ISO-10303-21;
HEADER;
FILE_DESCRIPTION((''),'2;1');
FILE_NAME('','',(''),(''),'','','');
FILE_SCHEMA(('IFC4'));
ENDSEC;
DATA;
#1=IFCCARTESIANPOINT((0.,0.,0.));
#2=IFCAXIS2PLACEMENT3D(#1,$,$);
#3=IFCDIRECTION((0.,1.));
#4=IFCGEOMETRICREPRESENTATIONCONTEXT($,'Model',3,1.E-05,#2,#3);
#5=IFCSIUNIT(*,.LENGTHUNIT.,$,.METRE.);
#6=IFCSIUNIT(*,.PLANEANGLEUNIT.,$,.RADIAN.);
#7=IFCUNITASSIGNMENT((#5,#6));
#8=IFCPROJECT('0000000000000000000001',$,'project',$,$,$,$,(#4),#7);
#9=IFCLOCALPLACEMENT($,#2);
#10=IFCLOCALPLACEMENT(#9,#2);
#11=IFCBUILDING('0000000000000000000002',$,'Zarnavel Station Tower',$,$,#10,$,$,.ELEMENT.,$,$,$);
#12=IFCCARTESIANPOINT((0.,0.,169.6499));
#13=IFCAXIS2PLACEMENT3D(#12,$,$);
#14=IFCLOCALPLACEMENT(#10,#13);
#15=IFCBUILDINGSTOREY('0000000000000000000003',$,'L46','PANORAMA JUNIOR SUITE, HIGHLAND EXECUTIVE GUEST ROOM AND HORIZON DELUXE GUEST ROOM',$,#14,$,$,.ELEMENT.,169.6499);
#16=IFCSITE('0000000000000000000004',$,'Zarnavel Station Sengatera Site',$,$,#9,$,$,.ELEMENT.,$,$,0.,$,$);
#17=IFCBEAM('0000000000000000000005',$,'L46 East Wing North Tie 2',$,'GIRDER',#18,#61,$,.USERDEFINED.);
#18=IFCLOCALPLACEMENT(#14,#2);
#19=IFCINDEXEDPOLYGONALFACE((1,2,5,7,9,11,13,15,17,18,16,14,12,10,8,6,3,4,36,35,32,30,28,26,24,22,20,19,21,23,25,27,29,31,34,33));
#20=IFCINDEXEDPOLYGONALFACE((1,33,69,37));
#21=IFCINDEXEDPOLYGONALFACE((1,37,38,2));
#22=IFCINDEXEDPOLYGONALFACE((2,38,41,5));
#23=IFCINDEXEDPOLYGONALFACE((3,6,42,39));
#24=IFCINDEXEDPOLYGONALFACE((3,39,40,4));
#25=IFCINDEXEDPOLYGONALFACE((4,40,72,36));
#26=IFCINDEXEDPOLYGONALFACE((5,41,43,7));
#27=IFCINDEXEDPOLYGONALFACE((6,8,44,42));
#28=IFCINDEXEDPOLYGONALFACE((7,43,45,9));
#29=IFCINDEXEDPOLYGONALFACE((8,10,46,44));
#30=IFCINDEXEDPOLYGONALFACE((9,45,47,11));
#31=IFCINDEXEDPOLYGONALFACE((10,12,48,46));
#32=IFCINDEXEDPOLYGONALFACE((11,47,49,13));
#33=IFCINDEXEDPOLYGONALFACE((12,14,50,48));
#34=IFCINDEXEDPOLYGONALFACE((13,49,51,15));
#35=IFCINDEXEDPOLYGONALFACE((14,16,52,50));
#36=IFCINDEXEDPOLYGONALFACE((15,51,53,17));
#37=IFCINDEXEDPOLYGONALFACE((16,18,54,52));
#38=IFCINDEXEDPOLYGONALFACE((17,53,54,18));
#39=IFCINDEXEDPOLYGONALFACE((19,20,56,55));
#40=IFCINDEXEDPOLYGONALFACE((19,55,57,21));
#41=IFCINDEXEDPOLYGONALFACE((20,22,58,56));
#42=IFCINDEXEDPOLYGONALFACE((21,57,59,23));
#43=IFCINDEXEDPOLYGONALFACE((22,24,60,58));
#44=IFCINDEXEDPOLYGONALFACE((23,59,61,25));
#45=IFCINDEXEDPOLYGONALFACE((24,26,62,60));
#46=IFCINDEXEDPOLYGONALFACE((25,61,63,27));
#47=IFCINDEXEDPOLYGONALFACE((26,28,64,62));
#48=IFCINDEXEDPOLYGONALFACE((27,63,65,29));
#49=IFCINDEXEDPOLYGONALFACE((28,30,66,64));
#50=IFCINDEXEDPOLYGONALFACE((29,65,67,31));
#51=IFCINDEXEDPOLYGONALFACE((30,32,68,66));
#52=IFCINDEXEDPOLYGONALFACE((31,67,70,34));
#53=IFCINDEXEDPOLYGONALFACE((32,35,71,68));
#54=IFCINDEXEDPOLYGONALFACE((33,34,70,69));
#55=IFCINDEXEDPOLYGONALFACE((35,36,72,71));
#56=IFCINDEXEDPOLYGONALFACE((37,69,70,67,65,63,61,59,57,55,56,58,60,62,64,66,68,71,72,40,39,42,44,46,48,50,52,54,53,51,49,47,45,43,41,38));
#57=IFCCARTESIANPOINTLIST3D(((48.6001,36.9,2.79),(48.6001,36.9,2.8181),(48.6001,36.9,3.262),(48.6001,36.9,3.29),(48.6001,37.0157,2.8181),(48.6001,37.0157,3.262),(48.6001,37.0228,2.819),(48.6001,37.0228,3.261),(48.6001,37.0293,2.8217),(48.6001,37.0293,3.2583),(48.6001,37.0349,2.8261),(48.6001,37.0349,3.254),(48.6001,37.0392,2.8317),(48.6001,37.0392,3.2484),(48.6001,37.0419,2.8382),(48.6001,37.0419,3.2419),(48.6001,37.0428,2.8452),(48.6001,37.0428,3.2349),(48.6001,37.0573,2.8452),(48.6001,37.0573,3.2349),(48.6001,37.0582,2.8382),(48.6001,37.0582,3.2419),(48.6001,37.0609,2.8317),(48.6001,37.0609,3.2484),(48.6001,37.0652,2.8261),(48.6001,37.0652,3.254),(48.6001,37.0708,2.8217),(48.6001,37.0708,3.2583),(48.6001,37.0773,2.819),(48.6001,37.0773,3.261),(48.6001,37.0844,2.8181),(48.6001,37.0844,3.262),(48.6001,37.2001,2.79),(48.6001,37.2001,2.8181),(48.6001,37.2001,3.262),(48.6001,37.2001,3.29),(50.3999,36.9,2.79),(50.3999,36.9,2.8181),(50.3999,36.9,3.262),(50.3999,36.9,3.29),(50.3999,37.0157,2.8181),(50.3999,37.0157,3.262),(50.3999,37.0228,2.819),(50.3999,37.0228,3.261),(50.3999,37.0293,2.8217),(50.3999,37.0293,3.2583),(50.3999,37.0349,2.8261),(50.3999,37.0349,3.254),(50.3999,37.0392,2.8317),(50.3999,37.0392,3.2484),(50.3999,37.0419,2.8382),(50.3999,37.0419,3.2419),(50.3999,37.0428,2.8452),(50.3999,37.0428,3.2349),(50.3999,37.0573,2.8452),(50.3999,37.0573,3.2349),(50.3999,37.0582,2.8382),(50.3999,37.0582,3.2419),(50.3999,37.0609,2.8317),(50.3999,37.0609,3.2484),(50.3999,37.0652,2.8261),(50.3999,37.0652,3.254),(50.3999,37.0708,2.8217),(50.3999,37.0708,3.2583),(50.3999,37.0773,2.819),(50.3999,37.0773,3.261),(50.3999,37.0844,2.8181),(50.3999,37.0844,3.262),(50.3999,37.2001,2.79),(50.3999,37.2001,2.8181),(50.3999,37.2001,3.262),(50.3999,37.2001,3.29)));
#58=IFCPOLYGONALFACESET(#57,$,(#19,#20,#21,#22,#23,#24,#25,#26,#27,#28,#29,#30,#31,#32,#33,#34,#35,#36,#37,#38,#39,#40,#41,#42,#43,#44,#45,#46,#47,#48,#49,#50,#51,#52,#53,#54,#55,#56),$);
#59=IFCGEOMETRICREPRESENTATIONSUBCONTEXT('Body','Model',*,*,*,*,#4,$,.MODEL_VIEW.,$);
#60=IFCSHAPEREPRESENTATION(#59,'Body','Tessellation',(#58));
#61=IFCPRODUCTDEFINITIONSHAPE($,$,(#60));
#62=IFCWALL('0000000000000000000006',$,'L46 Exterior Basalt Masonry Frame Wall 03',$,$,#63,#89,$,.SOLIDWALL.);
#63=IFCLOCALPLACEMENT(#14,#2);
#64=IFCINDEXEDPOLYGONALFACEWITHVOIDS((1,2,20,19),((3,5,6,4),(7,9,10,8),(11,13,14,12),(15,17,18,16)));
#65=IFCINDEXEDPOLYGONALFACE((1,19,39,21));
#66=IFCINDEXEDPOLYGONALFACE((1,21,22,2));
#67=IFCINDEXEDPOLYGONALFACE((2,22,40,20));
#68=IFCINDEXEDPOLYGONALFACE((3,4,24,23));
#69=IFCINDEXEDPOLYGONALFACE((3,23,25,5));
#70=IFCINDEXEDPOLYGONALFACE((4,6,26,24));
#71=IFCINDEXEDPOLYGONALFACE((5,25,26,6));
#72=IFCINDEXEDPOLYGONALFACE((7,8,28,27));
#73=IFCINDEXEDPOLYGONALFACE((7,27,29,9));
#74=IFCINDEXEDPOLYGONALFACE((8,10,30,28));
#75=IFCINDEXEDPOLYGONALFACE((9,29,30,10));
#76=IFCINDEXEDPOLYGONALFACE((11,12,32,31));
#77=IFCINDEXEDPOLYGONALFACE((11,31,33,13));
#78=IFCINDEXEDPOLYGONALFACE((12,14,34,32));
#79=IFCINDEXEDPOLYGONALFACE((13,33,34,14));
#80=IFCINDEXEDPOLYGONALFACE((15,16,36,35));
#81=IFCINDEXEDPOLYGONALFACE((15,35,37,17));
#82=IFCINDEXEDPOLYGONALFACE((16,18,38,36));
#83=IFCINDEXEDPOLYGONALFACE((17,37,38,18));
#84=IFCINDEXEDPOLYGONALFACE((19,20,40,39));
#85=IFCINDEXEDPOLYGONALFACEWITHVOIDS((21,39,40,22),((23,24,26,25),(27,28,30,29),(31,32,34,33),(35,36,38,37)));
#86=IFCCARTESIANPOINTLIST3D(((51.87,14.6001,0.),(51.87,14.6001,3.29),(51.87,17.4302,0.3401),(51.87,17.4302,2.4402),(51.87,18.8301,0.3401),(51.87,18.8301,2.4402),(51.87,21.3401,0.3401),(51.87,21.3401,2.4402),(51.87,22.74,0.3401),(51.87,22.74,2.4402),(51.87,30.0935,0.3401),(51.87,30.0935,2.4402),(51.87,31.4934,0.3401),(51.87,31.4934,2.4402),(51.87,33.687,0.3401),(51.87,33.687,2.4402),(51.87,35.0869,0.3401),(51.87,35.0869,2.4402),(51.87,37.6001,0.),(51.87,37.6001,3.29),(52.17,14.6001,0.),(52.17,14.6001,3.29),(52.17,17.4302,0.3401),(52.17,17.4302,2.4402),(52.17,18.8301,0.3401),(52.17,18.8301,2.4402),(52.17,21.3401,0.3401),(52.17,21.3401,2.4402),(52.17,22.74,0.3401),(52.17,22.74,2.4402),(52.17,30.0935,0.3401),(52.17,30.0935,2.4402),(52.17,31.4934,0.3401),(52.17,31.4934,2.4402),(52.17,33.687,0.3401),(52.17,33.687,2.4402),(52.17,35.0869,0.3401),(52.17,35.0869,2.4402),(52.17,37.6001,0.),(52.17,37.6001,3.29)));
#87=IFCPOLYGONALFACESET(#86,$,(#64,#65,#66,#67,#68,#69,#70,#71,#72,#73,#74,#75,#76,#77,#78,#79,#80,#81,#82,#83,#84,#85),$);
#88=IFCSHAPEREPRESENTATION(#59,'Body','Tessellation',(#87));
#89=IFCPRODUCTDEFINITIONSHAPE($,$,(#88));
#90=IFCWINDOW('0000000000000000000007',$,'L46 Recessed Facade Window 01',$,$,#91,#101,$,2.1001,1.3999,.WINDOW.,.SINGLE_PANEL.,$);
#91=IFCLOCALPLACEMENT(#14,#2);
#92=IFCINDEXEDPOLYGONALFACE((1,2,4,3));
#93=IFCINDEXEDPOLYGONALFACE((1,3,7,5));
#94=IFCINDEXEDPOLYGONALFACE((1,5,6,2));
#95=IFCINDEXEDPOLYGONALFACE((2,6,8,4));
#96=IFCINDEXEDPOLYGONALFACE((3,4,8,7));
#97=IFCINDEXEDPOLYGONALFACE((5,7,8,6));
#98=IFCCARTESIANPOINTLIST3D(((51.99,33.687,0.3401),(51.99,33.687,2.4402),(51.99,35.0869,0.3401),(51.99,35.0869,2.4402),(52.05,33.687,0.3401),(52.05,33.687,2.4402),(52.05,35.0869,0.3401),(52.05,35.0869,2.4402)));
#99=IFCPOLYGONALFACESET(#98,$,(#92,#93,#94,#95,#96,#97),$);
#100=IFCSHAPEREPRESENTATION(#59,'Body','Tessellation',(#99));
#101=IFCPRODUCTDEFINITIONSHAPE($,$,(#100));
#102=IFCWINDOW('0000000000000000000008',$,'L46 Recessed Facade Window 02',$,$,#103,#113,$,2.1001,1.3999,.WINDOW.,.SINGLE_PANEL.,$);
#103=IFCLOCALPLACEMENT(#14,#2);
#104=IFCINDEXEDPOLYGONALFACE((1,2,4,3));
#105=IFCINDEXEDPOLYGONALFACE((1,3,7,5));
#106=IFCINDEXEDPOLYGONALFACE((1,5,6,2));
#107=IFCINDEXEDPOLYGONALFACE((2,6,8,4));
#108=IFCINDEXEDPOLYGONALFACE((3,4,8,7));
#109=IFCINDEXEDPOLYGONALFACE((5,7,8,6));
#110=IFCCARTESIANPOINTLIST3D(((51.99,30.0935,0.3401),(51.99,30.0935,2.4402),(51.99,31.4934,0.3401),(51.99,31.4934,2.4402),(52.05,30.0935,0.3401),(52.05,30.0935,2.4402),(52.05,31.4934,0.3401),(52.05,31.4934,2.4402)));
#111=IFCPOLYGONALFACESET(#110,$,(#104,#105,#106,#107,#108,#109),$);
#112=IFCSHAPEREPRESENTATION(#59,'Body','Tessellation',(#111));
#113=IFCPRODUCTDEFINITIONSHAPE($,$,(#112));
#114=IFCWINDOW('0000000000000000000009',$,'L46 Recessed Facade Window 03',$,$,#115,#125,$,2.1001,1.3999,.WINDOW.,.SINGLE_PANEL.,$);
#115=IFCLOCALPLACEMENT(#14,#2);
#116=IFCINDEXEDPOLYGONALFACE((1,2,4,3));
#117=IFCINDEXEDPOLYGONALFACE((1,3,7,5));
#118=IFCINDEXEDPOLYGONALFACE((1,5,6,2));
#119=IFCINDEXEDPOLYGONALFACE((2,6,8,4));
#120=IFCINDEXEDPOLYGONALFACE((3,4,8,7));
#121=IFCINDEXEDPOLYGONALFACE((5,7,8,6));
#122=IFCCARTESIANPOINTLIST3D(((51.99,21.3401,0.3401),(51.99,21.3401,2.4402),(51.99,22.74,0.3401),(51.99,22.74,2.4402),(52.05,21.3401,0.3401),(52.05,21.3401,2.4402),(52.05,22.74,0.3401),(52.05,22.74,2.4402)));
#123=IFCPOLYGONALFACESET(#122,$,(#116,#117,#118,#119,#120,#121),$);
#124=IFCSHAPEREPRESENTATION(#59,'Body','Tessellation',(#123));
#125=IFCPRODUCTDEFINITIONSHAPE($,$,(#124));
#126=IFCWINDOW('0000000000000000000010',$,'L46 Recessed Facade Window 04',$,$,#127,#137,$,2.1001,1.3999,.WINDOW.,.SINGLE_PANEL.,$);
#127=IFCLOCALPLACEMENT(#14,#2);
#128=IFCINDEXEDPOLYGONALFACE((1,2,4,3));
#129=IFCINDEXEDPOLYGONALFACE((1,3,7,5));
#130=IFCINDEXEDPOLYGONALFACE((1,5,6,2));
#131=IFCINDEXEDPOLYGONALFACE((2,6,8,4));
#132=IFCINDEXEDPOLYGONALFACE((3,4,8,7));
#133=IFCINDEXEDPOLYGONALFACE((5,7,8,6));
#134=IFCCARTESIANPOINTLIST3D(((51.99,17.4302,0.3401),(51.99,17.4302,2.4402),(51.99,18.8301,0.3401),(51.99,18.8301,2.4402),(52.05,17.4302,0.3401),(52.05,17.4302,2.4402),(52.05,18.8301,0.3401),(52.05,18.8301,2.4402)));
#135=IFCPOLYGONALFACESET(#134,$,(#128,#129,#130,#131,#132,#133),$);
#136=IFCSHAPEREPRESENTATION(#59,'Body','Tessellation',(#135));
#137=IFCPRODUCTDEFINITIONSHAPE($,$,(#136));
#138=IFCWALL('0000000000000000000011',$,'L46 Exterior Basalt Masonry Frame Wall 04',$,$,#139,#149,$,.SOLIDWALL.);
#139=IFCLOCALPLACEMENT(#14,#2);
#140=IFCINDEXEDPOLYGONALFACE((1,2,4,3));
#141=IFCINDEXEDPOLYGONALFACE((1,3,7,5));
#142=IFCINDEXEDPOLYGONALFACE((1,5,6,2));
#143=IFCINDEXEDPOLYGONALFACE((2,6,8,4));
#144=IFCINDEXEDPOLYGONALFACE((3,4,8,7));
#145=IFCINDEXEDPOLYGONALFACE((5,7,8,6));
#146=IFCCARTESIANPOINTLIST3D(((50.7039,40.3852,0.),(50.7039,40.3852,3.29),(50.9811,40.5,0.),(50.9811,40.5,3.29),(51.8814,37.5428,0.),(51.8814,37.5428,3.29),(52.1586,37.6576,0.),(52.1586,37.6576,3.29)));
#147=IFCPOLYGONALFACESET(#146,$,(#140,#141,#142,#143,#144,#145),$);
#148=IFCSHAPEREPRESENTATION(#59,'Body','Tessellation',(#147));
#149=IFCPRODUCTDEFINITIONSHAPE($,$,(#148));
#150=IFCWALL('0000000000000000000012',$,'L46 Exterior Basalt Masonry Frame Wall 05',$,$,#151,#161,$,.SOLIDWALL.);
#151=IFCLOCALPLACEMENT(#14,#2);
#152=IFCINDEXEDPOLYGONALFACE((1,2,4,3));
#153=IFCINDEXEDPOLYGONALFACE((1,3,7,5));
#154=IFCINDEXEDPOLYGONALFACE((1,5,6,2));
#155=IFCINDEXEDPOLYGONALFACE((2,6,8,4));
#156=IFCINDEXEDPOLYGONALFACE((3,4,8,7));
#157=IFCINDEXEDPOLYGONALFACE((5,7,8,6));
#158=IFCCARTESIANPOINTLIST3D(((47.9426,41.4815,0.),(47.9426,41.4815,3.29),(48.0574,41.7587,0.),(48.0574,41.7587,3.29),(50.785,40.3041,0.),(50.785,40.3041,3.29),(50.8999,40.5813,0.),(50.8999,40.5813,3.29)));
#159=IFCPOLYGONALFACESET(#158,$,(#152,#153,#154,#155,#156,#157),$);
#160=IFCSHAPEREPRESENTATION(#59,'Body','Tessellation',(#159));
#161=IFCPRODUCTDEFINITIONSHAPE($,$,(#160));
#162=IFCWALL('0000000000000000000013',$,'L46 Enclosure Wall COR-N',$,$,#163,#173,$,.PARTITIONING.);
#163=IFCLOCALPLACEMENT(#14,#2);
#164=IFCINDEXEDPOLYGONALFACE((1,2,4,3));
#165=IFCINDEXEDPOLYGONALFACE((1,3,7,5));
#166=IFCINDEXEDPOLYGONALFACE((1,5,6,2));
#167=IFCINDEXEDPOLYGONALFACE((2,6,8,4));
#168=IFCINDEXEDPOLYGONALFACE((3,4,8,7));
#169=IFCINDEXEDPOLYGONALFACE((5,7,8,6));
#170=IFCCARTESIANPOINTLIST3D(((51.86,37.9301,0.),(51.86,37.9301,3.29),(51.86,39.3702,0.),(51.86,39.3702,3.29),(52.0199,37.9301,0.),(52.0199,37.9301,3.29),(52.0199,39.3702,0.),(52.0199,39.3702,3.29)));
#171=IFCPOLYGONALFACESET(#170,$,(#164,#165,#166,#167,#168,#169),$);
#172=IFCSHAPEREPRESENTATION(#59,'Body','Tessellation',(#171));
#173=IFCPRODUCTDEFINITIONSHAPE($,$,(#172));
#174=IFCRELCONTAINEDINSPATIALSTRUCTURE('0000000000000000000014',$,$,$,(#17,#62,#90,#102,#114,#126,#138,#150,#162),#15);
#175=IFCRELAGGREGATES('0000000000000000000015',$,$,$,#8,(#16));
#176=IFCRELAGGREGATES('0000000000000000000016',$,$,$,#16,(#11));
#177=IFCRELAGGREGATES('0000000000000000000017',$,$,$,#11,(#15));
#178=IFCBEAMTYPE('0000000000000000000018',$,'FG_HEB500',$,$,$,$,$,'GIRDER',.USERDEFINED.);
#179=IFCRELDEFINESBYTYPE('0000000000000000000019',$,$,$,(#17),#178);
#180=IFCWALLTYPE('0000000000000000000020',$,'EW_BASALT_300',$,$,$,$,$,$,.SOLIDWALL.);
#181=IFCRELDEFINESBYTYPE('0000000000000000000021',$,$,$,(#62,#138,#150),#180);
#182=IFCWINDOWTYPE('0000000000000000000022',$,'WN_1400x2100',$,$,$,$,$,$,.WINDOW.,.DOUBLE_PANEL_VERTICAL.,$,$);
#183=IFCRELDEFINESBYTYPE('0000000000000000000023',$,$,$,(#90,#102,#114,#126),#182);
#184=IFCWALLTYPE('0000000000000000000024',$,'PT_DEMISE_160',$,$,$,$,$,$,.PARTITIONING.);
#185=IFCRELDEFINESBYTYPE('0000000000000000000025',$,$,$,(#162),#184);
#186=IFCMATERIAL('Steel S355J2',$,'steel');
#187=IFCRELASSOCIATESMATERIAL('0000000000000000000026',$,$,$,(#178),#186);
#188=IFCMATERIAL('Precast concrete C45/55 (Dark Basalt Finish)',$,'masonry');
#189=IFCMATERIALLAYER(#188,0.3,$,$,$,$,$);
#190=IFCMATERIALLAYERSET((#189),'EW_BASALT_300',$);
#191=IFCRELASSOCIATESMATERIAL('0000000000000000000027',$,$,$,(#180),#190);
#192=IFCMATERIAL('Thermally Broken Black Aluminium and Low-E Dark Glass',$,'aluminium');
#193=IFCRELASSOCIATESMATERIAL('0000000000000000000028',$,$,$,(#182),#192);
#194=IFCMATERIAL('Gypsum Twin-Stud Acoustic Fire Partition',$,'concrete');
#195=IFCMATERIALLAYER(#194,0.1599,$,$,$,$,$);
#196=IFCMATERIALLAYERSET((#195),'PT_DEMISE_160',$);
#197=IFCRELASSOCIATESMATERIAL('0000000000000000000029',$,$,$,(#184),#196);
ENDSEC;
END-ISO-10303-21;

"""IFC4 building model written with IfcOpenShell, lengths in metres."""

from ifc_helpers import new_model, si_unit, direction, frame, frame_2d, origin, origin_2d, place, context, subcontext, project, spatial, rectangle, i_section, extrude, material, layer, layer_set, material_profile, profile_set, type_object, element, fill, save


model = new_model("IFC4")

# Units and contexts
model_context = context("Model", 3, precision=1e-05, world=origin(), true_north=direction((0.0, 1.0)))
body_context = subcontext(model_context, "Body", "Model", "MODEL_VIEW")
ifc_project = project(units=[si_unit("LENGTHUNIT", "METRE"), si_unit("PLANEANGLEUNIT", "RADIAN")], contexts=[model_context])

# Site, building, storey
site_placement = place(None, origin())
site = spatial("IfcSite", under=ifc_project, at=site_placement, Name="Zarnavel Station Sengatera Site", CompositionType="ELEMENT", RefElevation=0.0)
building_placement = place(site_placement, origin())
building = spatial("IfcBuilding", under=site, at=building_placement, Name="Zarnavel Station Tower", CompositionType="ELEMENT")
storey_placement = place(building_placement, frame((0.0, 0.0, 169.6499)))
storey = spatial("IfcBuildingStorey", under=building, at=storey_placement, Name="L46", Description="PANORAMA JUNIOR SUITE, HIGHLAND EXECUTIVE GUEST ROOM AND HORIZON DELUXE GUEST ROOM", CompositionType="ELEMENT", Elevation=169.6499)

# Beam
ifc_material_1 = material(Name="Steel S355J2", Category="steel")
ifc_material_profile_1 = material_profile(ifc_material_1, i_section(OverallWidth=0.3, OverallDepth=0.5, WebThickness=0.0144, FlangeThickness=0.0281, FilletRadius=0.0271, at=origin_2d()), Name="HEB500")
ifc_profile_set_1 = profile_set([ifc_material_profile_1], Name="Steel S355J2")
beam_type = type_object("IfcBeamType", Name="FG_HEB500", ElementType="GIRDER", PredefinedType="USERDEFINED", material=ifc_profile_set_1)
beam_1_placement = place(storey_placement, frame((48.6001, 37.05, 3.04), z_axis=(1.0, 0.0, 0.0), x_axis=(0.0, 1.0, 0.0)))
element("IfcBeam", 1, at=beam_1_placement, inside=storey, type_object=beam_type, Name="L46 East Wing North Tie 2", ObjectType="GIRDER", PredefinedType="USERDEFINED", context=body_context, shape_type="SweptSolid", body=[
    extrude(i_section(OverallWidth=0.3, OverallDepth=0.5, WebThickness=0.0144, FlangeThickness=0.0281, FilletRadius=0.0271, at=origin_2d()), origin(), (0.0, 0.0, 1.0), 1.7998),
])

# Wall, openings, windows
ifc_material_2 = material(Name="Precast concrete C45/55 (Dark Basalt Finish)", Category="masonry")
ifc_layer_1 = layer(ifc_material_2, 0.3)
ifc_layer_set_1 = layer_set([ifc_layer_1], Name="EW_BASALT_300")
wall_type_1 = type_object("IfcWallType", Name="EW_BASALT_300", PredefinedType="SOLIDWALL", material=ifc_layer_set_1)
wall_1_placement = place(storey_placement, frame((52.02, 37.6001, 0.0), z_axis=(0.0, 0.0, 1.0), x_axis=(0.0, -1.0, 0.0)))
wall_1 = element("IfcWall", 2, at=wall_1_placement, inside=storey, type_object=wall_type_1, Name="L46 Exterior Basalt Masonry Frame Wall 03", PredefinedType="SOLIDWALL", context=body_context, shape_type="SweptSolid", body=[
    extrude(rectangle(XDim=23.0, YDim=0.3, at=frame_2d((11.5, 0.0))), origin(), (0.0, 0.0, 1.0), 3.29),
])
opening_1_placement = place(wall_1_placement, frame((2.5132, 0.0, 0.3401)))
opening_1 = element("IfcOpeningElement", 3, at=opening_1_placement, cuts=wall_1, PredefinedType="OPENING", context=body_context, shape_type="SweptSolid", body=[
    extrude(rectangle(XDim=1.3999, YDim=2.1001, at=frame_2d((0.7, 1.05))), frame((0.0, 0.1599, 0.0), z_axis=(0.0, -1.0, 0.0), x_axis=(1.0, 0.0, 0.0)), (0.0, 0.0, 1.0), 0.3201),
])
opening_2_placement = place(wall_1_placement, frame((6.1067, 0.0, 0.3401)))
opening_2 = element("IfcOpeningElement", 4, at=opening_2_placement, cuts=wall_1, PredefinedType="OPENING", context=body_context, shape_type="SweptSolid", body=[
    extrude(rectangle(XDim=1.3999, YDim=2.1001, at=frame_2d((0.7, 1.05))), frame((0.0, 0.1599, 0.0), z_axis=(0.0, -1.0, 0.0), x_axis=(1.0, 0.0, 0.0)), (0.0, 0.0, 1.0), 0.3201),
])
opening_3_placement = place(wall_1_placement, frame((14.8601, 0.0, 0.3401)))
opening_3 = element("IfcOpeningElement", 5, at=opening_3_placement, cuts=wall_1, PredefinedType="OPENING", context=body_context, shape_type="SweptSolid", body=[
    extrude(rectangle(XDim=1.3999, YDim=2.1001, at=frame_2d((0.7, 1.05))), frame((0.0, 0.1599, 0.0), z_axis=(0.0, -1.0, 0.0), x_axis=(1.0, 0.0, 0.0)), (0.0, 0.0, 1.0), 0.3201),
])
opening_4_placement = place(wall_1_placement, frame((18.77, 0.0, 0.3401)))
opening_4 = element("IfcOpeningElement", 6, at=opening_4_placement, cuts=wall_1, PredefinedType="OPENING", context=body_context, shape_type="SweptSolid", body=[
    extrude(rectangle(XDim=1.3999, YDim=2.1001, at=frame_2d((0.7, 1.05))), frame((0.0, 0.1599, 0.0), z_axis=(0.0, -1.0, 0.0), x_axis=(1.0, 0.0, 0.0)), (0.0, 0.0, 1.0), 0.3201),
])
ifc_material_3 = material(Name="Thermally Broken Black Aluminium and Low-E Dark Glass", Category="aluminium")
window_type = type_object("IfcWindowType", Name="WN_1400x2100", PartitioningType="DOUBLE_PANEL_VERTICAL", PredefinedType="WINDOW", material=ifc_material_3)
window_1_placement = place(opening_1_placement, origin())
window_1 = element("IfcWindow", 7, at=window_1_placement, inside=storey, type_object=window_type, Name="L46 Recessed Facade Window 01", OverallHeight=2.1001, OverallWidth=1.3999, PartitioningType="SINGLE_PANEL", PredefinedType="WINDOW", context=body_context, shape_type="SweptSolid", body=[
    extrude(rectangle(XDim=1.3999, YDim=2.1001, at=frame_2d((0.7, 1.05))), frame((0.0, 0.03, 0.0), z_axis=(0.0, -1.0, 0.0), x_axis=(1.0, 0.0, 0.0)), (0.0, 0.0, 1.0), 0.0601),
])
fill(opening_1, window_1)
window_2_placement = place(opening_2_placement, origin())
window_2 = element("IfcWindow", 8, at=window_2_placement, inside=storey, type_object=window_type, Name="L46 Recessed Facade Window 02", OverallHeight=2.1001, OverallWidth=1.3999, PartitioningType="SINGLE_PANEL", PredefinedType="WINDOW", context=body_context, shape_type="SweptSolid", body=[
    extrude(rectangle(XDim=1.3999, YDim=2.1001, at=frame_2d((0.7, 1.05))), frame((0.0, 0.03, 0.0), z_axis=(0.0, -1.0, 0.0), x_axis=(1.0, 0.0, 0.0)), (0.0, 0.0, 1.0), 0.0601),
])
fill(opening_2, window_2)
window_3_placement = place(opening_3_placement, origin())
window_3 = element("IfcWindow", 9, at=window_3_placement, inside=storey, type_object=window_type, Name="L46 Recessed Facade Window 03", OverallHeight=2.1001, OverallWidth=1.3999, PartitioningType="SINGLE_PANEL", PredefinedType="WINDOW", context=body_context, shape_type="SweptSolid", body=[
    extrude(rectangle(XDim=1.3999, YDim=2.1001, at=frame_2d((0.7, 1.05))), frame((0.0, 0.03, 0.0), z_axis=(0.0, -1.0, 0.0), x_axis=(1.0, 0.0, 0.0)), (0.0, 0.0, 1.0), 0.0601),
])
fill(opening_3, window_3)
window_4_placement = place(opening_4_placement, origin())
window_4 = element("IfcWindow", 10, at=window_4_placement, inside=storey, type_object=window_type, Name="L46 Recessed Facade Window 04", OverallHeight=2.1001, OverallWidth=1.3999, PartitioningType="SINGLE_PANEL", PredefinedType="WINDOW", context=body_context, shape_type="SweptSolid", body=[
    extrude(rectangle(XDim=1.3999, YDim=2.1001, at=frame_2d((0.7, 1.05))), frame((0.0, 0.03, 0.0), z_axis=(0.0, -1.0, 0.0), x_axis=(1.0, 0.0, 0.0)), (0.0, 0.0, 1.0), 0.0601),
])
fill(opening_4, window_4)

# Walls
for number, where, z_axis, x_axis, name in (
    (11, (50.8425, 40.4426, 0.0), (0.0, 0.0, 1.0), (0.382705, -0.923871, 0.0), "L46 Exterior Basalt Masonry Frame Wall 04"),
    (12, (48.0, 41.6201, 0.0), (0.0, 0.0, 1.0), (0.923871, -0.382705, 0.0), "L46 Exterior Basalt Masonry Frame Wall 05"),
):
    element("IfcWall", number, at=place(storey_placement, frame(where, z_axis=z_axis, x_axis=x_axis)), inside=storey, type_object=wall_type_1, Name=name, PredefinedType="SOLIDWALL", context=body_context, shape_type="SweptSolid", body=[
        extrude(rectangle(XDim=3.0767, YDim=0.3, at=frame_2d((1.5383, 0.0))), origin(), (0.0, 0.0, 1.0), 3.29),
    ])
ifc_material_4 = material(Name="Gypsum Twin-Stud Acoustic Fire Partition", Category="concrete")
ifc_layer_2 = layer(ifc_material_4, 0.1599)
ifc_layer_set_2 = layer_set([ifc_layer_2], Name="PT_DEMISE_160")
wall_type_2 = type_object("IfcWallType", Name="PT_DEMISE_160", PredefinedType="PARTITIONING", material=ifc_layer_set_2)
wall_2_placement = place(storey_placement, frame((51.9399, 37.9299, 0.0), z_axis=(0.0, 0.0, 1.0), x_axis=(0.0, 1.0, 0.0)))
element("IfcWall", 13, at=wall_2_placement, inside=storey, type_object=wall_type_2, Name="L46 Enclosure Wall COR-N", PredefinedType="PARTITIONING", context=body_context, shape_type="SweptSolid", body=[
    extrude(rectangle(XDim=1.4402, YDim=0.1599, at=frame_2d((0.7202, 0.0))), origin(), (0.0, 0.0, 1.0), 3.29),
])

save(model, "model.ifc")
